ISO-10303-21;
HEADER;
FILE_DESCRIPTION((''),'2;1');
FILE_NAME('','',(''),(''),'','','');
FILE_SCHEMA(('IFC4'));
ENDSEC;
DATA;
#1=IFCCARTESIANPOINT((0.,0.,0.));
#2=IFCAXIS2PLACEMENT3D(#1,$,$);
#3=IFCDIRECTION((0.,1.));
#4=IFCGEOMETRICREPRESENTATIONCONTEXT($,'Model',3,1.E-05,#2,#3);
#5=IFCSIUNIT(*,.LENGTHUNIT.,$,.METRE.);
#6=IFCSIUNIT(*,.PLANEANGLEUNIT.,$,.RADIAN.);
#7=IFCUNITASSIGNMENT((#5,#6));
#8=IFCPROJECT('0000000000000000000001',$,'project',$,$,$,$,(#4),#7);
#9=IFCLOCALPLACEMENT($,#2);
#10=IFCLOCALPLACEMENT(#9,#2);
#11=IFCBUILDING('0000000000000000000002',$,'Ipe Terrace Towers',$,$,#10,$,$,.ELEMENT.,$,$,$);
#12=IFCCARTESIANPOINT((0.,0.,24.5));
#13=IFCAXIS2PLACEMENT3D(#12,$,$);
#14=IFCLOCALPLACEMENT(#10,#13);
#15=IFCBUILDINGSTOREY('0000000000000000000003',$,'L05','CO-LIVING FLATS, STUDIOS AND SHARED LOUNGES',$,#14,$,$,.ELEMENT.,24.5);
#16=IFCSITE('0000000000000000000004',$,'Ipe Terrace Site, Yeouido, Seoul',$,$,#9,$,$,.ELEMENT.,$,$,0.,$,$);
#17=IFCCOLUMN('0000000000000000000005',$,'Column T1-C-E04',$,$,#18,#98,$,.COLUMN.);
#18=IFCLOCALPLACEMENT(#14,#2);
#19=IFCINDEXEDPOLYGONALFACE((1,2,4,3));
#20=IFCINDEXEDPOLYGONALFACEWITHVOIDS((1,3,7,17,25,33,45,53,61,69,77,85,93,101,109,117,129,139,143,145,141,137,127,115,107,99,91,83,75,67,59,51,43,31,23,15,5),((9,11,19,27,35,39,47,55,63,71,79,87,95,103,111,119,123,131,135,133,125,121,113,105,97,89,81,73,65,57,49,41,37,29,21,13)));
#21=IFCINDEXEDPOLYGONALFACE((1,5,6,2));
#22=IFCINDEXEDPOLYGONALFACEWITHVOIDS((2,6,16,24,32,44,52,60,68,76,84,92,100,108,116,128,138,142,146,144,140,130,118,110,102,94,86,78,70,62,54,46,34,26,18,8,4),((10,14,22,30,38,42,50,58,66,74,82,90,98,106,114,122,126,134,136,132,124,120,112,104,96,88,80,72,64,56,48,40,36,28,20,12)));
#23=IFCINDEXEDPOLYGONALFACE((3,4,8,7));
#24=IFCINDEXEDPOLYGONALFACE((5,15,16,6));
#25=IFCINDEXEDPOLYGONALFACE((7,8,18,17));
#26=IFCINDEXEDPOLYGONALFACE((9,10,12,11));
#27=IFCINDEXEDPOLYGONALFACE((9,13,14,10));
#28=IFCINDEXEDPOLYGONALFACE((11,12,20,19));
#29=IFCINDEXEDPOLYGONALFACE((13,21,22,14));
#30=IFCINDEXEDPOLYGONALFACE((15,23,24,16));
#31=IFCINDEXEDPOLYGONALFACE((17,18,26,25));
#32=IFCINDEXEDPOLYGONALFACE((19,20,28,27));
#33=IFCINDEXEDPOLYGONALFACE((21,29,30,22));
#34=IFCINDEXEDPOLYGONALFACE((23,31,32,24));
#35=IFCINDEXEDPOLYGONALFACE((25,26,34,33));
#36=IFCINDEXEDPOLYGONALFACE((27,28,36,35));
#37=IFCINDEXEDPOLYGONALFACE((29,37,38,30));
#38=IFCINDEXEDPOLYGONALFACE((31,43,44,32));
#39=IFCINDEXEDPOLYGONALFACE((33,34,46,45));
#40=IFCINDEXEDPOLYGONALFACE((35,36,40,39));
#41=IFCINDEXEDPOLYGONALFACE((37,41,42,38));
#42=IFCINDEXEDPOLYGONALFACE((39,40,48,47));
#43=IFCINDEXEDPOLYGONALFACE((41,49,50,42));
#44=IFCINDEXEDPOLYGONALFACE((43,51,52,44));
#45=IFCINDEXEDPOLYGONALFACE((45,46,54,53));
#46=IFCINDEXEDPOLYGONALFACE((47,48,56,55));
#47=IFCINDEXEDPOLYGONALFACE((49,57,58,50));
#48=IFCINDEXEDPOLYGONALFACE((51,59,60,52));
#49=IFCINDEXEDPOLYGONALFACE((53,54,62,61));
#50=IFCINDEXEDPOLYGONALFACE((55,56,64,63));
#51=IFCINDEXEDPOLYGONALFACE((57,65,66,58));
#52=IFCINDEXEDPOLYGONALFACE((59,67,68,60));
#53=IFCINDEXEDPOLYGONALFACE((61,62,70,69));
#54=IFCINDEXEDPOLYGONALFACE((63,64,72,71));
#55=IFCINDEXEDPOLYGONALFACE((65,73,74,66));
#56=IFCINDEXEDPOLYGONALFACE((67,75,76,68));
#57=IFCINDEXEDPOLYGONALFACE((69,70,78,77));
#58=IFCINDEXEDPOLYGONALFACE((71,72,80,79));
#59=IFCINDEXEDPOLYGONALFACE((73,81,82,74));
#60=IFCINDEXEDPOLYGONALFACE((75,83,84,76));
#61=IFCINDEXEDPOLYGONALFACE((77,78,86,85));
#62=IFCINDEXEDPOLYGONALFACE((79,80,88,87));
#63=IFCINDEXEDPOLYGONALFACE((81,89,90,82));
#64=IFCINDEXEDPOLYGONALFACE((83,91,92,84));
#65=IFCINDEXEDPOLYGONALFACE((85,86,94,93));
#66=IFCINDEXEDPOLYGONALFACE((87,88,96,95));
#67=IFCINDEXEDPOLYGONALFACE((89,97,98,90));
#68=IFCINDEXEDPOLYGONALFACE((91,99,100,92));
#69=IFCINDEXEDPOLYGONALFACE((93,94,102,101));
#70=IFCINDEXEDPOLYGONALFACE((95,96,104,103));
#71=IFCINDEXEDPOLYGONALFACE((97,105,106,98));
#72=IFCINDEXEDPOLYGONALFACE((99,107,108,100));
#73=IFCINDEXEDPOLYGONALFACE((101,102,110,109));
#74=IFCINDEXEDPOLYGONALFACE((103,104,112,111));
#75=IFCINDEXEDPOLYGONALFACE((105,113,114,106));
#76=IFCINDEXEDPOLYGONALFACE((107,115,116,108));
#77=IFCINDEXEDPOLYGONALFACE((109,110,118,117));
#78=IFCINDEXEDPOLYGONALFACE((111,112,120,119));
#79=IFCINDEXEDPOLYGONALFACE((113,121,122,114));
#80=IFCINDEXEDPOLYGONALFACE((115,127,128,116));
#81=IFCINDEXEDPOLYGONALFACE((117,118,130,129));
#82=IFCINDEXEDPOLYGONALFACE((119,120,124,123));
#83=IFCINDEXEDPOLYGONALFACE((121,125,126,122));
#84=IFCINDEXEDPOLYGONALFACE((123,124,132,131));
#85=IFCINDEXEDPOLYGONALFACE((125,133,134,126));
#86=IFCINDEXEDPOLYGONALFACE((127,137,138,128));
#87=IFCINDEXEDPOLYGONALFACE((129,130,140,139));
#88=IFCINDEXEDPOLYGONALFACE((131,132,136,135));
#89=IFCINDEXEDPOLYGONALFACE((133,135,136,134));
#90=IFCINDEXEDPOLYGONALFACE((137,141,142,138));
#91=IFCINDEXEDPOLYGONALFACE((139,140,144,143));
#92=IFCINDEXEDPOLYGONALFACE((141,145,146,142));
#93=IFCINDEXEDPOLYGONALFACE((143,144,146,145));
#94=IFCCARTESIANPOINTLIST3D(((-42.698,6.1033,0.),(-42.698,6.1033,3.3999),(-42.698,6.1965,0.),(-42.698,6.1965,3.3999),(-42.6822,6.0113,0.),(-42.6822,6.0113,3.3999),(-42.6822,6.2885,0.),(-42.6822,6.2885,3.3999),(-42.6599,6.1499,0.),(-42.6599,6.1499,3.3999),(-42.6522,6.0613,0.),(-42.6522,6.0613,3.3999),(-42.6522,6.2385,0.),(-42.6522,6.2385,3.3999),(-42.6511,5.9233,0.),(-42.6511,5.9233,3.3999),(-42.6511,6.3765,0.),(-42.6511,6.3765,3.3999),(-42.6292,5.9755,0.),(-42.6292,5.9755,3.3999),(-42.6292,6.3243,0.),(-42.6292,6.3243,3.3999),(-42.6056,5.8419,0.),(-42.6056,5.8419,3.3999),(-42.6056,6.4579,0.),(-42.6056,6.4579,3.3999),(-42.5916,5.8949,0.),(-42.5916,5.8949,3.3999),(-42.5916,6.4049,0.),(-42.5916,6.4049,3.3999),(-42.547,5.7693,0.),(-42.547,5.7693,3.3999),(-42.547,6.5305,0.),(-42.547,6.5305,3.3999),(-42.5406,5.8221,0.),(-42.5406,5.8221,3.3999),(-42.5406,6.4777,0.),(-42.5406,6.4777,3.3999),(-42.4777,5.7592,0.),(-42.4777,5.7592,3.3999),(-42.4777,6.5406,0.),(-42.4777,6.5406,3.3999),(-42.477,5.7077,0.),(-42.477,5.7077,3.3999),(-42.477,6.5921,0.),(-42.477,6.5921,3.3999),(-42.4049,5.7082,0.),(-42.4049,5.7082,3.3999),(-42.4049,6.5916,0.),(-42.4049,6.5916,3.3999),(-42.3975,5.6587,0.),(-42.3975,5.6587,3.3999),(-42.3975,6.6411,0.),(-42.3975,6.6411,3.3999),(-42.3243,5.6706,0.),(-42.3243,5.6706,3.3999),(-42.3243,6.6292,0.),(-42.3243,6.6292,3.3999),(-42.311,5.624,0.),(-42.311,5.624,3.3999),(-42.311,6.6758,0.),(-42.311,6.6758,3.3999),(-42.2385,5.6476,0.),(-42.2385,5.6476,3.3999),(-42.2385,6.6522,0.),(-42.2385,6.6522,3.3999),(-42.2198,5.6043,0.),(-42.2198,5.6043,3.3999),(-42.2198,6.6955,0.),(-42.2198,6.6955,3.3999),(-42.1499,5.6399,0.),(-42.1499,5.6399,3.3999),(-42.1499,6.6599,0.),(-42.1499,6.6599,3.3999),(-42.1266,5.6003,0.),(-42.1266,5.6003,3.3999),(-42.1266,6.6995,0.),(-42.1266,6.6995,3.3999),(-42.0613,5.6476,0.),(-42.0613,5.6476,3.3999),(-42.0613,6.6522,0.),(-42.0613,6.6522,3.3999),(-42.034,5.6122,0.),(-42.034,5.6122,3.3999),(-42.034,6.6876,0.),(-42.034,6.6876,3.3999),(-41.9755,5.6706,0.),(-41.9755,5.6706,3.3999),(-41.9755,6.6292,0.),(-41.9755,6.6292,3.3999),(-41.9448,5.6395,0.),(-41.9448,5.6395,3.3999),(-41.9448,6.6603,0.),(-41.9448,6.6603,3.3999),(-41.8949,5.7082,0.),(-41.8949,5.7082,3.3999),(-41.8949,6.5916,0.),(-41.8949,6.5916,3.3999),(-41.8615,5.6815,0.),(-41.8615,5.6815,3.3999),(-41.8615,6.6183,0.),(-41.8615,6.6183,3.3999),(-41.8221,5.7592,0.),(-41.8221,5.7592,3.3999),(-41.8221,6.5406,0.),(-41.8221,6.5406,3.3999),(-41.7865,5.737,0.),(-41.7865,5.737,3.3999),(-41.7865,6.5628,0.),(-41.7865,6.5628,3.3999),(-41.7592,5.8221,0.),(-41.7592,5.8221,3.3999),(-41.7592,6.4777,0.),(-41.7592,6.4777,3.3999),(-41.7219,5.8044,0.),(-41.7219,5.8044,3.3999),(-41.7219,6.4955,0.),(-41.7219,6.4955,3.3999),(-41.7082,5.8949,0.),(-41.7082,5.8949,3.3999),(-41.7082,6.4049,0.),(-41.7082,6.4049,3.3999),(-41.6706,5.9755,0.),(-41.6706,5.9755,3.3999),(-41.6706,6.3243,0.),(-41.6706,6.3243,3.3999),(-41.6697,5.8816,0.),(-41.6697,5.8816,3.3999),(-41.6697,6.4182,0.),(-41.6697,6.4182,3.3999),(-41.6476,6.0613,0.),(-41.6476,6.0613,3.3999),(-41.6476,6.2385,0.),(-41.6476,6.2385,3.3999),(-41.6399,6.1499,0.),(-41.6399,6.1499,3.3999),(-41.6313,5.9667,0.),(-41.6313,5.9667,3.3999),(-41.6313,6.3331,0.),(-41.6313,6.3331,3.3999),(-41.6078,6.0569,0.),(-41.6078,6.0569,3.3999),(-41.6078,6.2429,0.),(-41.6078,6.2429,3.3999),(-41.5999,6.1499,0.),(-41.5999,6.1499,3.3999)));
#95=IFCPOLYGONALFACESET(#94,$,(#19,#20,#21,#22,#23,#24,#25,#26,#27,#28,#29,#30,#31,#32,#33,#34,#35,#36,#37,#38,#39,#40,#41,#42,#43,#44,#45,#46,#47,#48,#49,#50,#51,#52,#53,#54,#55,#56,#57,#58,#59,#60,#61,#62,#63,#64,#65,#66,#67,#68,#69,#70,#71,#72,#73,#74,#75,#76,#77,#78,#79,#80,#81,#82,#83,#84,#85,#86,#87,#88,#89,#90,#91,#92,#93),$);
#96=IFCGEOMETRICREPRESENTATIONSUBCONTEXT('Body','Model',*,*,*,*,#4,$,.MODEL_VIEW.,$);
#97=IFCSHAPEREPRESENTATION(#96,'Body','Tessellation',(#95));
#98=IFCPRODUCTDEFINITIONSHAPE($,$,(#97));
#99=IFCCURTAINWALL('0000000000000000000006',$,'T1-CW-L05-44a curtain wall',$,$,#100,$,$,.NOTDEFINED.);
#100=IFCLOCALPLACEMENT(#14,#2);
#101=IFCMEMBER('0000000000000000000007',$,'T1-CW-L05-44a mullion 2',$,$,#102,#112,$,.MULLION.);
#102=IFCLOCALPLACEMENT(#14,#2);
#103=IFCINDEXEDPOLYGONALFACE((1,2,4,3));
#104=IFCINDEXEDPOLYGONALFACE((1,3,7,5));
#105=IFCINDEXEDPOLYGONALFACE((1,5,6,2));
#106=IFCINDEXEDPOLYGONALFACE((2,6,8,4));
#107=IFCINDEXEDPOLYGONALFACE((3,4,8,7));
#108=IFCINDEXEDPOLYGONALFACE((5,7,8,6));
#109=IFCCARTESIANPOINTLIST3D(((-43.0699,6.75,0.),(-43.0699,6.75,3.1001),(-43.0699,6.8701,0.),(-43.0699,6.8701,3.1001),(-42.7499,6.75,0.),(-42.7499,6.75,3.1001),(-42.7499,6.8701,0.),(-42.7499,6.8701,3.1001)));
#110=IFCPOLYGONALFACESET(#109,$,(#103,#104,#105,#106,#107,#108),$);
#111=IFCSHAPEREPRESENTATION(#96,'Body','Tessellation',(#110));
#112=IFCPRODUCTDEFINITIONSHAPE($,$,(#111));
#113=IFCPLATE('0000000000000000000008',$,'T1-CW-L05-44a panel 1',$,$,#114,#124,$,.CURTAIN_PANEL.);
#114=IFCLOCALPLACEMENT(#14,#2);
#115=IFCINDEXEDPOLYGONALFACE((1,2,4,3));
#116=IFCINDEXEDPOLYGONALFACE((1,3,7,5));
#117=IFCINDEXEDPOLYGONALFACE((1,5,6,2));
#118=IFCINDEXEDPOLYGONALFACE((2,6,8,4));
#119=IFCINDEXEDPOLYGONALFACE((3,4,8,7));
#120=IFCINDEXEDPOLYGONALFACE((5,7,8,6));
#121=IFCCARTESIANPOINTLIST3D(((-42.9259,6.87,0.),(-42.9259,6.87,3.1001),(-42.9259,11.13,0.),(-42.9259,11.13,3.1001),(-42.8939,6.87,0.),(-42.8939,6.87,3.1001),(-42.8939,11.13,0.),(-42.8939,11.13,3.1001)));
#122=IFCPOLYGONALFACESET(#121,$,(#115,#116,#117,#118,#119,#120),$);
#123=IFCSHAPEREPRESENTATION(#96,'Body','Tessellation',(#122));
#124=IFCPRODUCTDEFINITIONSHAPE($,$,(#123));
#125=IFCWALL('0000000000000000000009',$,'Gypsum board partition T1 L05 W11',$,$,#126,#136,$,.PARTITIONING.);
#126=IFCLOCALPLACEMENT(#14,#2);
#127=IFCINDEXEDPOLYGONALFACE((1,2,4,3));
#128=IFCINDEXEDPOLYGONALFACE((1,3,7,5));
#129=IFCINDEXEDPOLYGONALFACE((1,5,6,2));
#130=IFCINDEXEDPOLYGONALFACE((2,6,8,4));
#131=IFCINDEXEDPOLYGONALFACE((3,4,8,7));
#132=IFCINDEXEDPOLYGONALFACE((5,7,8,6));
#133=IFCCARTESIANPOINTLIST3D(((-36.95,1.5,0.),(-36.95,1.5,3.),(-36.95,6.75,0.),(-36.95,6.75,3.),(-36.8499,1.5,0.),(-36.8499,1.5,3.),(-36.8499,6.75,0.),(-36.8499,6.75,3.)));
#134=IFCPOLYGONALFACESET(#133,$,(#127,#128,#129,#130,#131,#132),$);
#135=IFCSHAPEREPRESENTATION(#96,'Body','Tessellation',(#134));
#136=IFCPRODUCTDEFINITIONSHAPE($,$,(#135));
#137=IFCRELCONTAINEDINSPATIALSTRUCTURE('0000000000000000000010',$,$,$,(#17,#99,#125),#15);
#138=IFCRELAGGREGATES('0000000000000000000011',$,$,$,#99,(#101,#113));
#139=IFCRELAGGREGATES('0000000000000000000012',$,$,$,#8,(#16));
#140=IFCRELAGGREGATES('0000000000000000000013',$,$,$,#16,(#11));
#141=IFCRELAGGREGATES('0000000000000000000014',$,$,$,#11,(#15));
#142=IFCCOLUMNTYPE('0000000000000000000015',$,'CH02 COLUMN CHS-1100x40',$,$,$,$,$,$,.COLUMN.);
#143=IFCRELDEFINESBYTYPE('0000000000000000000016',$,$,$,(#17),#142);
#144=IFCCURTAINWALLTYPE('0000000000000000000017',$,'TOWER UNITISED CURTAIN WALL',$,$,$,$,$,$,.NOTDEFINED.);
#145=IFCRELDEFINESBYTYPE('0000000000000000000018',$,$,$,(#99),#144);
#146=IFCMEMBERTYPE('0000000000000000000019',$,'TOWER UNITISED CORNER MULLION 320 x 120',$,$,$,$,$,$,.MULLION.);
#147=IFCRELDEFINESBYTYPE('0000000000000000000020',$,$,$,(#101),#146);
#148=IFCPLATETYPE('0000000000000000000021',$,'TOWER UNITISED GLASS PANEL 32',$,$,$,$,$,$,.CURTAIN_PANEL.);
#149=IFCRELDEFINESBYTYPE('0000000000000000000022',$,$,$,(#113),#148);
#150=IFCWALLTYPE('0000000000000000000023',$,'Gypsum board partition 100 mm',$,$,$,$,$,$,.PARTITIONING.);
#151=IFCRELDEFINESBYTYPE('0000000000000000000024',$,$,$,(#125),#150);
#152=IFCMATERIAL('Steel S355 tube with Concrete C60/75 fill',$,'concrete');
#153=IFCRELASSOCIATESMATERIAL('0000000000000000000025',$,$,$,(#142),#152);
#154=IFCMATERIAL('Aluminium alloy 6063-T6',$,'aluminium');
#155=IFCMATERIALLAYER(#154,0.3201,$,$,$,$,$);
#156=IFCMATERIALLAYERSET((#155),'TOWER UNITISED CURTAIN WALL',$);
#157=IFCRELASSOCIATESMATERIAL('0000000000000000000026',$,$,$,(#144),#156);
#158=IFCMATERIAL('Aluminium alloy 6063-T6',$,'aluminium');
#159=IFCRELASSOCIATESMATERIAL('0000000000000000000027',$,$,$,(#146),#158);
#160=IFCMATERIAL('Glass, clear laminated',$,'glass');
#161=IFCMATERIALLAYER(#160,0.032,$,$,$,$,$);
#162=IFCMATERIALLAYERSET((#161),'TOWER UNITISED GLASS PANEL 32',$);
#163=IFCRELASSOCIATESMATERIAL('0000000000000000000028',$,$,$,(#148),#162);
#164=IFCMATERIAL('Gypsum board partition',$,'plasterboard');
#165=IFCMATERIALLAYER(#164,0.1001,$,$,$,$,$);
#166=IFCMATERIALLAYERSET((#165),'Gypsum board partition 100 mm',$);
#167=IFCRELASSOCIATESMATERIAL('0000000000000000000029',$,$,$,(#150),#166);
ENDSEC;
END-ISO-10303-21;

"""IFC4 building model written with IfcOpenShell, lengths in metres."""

from ifc_helpers import new_model, si_unit, direction, frame, frame_2d, origin, origin_2d, place, context, subcontext, project, spatial, rectangle, hollow_circle, extrude, material, layer, layer_set, material_profile, profile_set, type_object, element, aggregate, save


model = new_model("IFC4")

# Units and contexts
model_context = context("Model", 3, precision=1e-05, world=origin(), true_north=direction((0.0, 1.0)))
body_context = subcontext(model_context, "Body", "Model", "MODEL_VIEW")
ifc_project = project(units=[si_unit("LENGTHUNIT", "METRE"), si_unit("PLANEANGLEUNIT", "RADIAN")], contexts=[model_context])

# Site, building, storey
site_placement = place(None, origin())
site = spatial("IfcSite", under=ifc_project, at=site_placement, Name="Ipe Terrace Site, Yeouido, Seoul", CompositionType="ELEMENT", RefElevation=0.0)
building_placement = place(site_placement, origin())
building = spatial("IfcBuilding", under=site, at=building_placement, Name="Ipe Terrace Towers", CompositionType="ELEMENT")
storey_placement = place(building_placement, frame((0.0, 0.0, 24.5)))
storey = spatial("IfcBuildingStorey", under=building, at=storey_placement, Name="L05", Description="CO-LIVING FLATS, STUDIOS AND SHARED LOUNGES", CompositionType="ELEMENT", Elevation=24.5)

# Column
ifc_material_1 = material(Name="Steel S355 tube with Concrete C60/75 fill", Category="concrete")
ifc_material_profile_1 = material_profile(ifc_material_1, hollow_circle(Radius=0.55, WallThickness=0.04, at=origin_2d()), Name="CHS-1100x40")
ifc_profile_set_1 = profile_set([ifc_material_profile_1], Name="Steel S355 tube with Concrete C60/75 fill")
column_type = type_object("IfcColumnType", Name="CH02 COLUMN CHS-1100x40", PredefinedType="COLUMN", material=ifc_profile_set_1)
column_placement = place(storey_placement, frame((-42.1499, 6.1499, 0.0), z_axis=(0.0, 0.0, 1.0), x_axis=(1.0, 0.0, 0.0)))
element("IfcColumn", 1, at=column_placement, inside=storey, type_object=column_type, Name="Column T1-C-E04", PredefinedType="COLUMN", context=body_context, shape_type="SweptSolid", body=[
    extrude(hollow_circle(Radius=0.55, WallThickness=0.04, at=origin_2d()), origin(), (0.0, 0.0, 1.0), 3.3999),
])

# Curtain wall, member, plate
ifc_material_2 = material(Name="Aluminium alloy 6063-T6", Category="aluminium")
ifc_layer_1 = layer(ifc_material_2, 0.3201)
ifc_layer_set_1 = layer_set([ifc_layer_1], Name="TOWER UNITISED CURTAIN WALL")
curtain_wall_type = type_object("IfcCurtainWallType", Name="TOWER UNITISED CURTAIN WALL", PredefinedType="NOTDEFINED", material=ifc_layer_set_1)
curtain_wall_placement = place(storey_placement, origin())
curtain_wall = element("IfcCurtainWall", 2, at=curtain_wall_placement, inside=storey, type_object=curtain_wall_type, Name="T1-CW-L05-44a curtain wall", PredefinedType="NOTDEFINED")
ifc_material_3 = material(Name="Aluminium alloy 6063-T6", Category="aluminium")
ifc_material_profile_2 = material_profile(ifc_material_3, rectangle(XDim=0.3201, YDim=0.1201, at=origin_2d()), Name="TOWER UNITISED CORNER MULLION 320 x 120")
ifc_profile_set_2 = profile_set([ifc_material_profile_2], Name="Aluminium alloy 6063-T6")
member_type = type_object("IfcMemberType", Name="TOWER UNITISED CORNER MULLION 320 x 120", PredefinedType="MULLION", material=ifc_profile_set_2)
member_placement = place(storey_placement, frame((-42.9099, 6.8101, 0.0), z_axis=(0.0, 0.0, 1.0), x_axis=(-1.0, 0.0, 0.0)))
member = element("IfcMember", 3, at=member_placement, type_object=member_type, Name="T1-CW-L05-44a mullion 2", PredefinedType="MULLION", context=body_context, shape_type="SweptSolid", body=[
    extrude(rectangle(XDim=0.3201, YDim=0.1201, at=origin_2d()), origin(), (0.0, 0.0, 1.0), 3.1001),
])
ifc_material_4 = material(Name="Glass, clear laminated", Category="glass")
ifc_layer_2 = layer(ifc_material_4, 0.032)
ifc_layer_set_2 = layer_set([ifc_layer_2], Name="TOWER UNITISED GLASS PANEL 32")
plate_type = type_object("IfcPlateType", Name="TOWER UNITISED GLASS PANEL 32", PredefinedType="CURTAIN_PANEL", material=ifc_layer_set_2)
plate_placement = place(storey_placement, frame((-42.9099, 9.0, 0.0), z_axis=(0.0, 0.0, 1.0), x_axis=(0.0, -1.0, 0.0)))
plate = element("IfcPlate", 4, at=plate_placement, type_object=plate_type, Name="T1-CW-L05-44a panel 1", PredefinedType="CURTAIN_PANEL", context=body_context, shape_type="SweptSolid", body=[
    extrude(rectangle(XDim=4.26, YDim=0.032, at=origin_2d()), origin(), (0.0, 0.0, 1.0), 3.1001),
])
aggregate(curtain_wall, [member, plate])

# Wall
ifc_material_5 = material(Name="Gypsum board partition", Category="plasterboard")
ifc_layer_3 = layer(ifc_material_5, 0.1001)
ifc_layer_set_3 = layer_set([ifc_layer_3], Name="Gypsum board partition 100 mm")
wall_type_1 = type_object("IfcWallType", Name="Gypsum board partition 100 mm", PredefinedType="PARTITIONING", material=ifc_layer_set_3)
wall_1_placement = place(storey_placement, frame((-36.8999, 1.5, 0.0), z_axis=(0.0, 0.0, 1.0), x_axis=(0.0, 1.0, 0.0)))
element("IfcWall", 5, at=wall_1_placement, inside=storey, type_object=wall_type_1, Name="Gypsum board partition T1 L05 W11", PredefinedType="PARTITIONING", context=body_context, shape_type="SweptSolid", body=[
    extrude(rectangle(XDim=5.25, YDim=0.1001, at=frame_2d((2.625, 0.0))), origin(), (0.0, 0.0, 1.0), 3.0),
])

save(model, "model.ifc")
